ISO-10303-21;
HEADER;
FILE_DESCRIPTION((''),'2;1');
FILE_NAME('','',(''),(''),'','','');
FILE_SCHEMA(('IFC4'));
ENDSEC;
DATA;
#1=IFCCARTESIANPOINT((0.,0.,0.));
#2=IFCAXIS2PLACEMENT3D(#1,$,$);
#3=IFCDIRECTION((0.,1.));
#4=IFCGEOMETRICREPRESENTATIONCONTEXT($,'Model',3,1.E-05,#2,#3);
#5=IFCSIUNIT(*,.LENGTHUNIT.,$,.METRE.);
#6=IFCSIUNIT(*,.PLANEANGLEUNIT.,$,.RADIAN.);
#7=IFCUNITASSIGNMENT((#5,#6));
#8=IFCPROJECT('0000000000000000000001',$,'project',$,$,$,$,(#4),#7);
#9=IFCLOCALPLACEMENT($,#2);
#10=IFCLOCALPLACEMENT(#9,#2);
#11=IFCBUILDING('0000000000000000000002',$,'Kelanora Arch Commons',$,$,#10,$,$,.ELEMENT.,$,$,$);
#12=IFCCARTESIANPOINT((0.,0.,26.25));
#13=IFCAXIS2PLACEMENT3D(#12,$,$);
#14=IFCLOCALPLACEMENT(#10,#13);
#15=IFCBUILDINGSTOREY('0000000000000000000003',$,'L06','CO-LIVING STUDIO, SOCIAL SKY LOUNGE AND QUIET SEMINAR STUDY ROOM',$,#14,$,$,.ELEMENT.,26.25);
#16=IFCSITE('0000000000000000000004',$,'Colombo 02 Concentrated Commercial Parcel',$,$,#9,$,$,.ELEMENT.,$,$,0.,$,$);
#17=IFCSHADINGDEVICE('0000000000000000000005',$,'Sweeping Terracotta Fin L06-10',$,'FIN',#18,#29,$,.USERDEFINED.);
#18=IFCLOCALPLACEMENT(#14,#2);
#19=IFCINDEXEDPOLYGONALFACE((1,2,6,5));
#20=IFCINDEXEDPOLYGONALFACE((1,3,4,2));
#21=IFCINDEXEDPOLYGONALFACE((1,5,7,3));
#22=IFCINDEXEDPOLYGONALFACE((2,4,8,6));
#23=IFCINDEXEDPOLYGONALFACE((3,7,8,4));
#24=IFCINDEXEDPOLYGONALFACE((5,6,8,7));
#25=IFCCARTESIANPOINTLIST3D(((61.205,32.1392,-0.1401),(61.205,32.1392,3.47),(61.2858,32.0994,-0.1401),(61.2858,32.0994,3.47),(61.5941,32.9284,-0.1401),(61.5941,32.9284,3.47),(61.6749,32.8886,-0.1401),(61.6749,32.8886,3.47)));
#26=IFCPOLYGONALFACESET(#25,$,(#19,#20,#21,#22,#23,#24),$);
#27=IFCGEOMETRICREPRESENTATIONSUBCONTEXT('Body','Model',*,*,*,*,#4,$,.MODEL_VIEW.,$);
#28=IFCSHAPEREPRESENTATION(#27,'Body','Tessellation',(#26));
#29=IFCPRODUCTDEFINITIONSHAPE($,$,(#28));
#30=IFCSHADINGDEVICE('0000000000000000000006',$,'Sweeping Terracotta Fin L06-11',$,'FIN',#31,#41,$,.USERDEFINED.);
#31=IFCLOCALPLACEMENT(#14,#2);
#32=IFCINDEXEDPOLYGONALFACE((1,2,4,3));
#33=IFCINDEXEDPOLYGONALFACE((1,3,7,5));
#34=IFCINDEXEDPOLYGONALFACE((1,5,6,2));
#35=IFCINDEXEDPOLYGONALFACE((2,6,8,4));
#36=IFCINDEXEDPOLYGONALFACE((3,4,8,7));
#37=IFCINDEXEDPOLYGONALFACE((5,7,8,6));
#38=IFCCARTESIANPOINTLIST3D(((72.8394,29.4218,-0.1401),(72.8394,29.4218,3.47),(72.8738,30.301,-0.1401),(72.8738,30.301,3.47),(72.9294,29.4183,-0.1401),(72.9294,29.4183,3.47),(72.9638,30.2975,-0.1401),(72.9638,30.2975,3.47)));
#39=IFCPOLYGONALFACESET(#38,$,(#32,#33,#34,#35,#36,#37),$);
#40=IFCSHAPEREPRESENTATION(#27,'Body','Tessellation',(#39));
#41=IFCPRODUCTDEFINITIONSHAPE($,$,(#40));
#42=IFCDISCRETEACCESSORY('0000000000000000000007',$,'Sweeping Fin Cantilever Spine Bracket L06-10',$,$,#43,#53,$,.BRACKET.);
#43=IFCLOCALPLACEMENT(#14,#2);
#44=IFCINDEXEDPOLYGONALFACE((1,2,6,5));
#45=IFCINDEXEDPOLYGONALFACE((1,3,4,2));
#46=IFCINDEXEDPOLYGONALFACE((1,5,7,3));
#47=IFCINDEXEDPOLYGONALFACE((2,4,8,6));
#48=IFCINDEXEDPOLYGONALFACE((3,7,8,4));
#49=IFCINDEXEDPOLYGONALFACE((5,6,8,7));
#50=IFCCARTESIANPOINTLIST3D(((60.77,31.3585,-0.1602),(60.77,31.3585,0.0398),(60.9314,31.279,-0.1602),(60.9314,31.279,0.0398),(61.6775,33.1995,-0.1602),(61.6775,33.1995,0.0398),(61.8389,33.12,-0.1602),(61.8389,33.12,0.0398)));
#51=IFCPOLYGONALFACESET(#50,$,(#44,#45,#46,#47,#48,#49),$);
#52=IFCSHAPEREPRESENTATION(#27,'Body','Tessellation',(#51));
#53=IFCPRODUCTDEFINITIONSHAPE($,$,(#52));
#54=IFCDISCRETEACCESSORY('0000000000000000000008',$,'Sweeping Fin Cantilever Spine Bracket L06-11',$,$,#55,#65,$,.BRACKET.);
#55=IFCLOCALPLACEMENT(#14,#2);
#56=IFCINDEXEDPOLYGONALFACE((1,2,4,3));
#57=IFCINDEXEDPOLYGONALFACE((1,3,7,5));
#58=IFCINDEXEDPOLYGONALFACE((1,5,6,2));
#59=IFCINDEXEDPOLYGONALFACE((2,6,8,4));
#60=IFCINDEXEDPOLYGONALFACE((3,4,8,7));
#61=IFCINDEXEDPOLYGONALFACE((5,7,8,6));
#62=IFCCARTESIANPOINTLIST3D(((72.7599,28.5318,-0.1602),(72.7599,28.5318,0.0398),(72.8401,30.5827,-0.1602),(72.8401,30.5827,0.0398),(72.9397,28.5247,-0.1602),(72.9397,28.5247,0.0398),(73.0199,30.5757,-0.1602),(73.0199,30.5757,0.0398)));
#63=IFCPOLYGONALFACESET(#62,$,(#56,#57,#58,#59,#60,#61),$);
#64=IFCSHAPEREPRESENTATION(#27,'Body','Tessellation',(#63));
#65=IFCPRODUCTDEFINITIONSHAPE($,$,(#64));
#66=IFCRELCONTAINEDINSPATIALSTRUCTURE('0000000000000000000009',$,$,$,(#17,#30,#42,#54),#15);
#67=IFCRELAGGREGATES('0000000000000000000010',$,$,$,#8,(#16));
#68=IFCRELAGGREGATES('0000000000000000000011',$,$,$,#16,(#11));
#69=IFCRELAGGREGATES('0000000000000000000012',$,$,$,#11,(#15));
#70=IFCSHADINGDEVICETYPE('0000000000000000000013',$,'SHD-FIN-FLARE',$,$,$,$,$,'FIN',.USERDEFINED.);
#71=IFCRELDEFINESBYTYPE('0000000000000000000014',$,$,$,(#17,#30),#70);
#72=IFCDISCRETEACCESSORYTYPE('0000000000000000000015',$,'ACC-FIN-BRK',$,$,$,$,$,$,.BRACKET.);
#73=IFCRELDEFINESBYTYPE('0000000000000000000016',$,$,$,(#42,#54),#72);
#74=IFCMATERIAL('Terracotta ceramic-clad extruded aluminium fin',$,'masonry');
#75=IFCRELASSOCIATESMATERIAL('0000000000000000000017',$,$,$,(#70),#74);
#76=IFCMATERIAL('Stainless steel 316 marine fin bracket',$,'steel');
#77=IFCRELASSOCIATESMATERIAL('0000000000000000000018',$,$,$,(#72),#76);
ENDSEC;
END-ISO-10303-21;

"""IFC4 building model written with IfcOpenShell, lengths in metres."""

from ifc_helpers import new_model, si_unit, direction, frame, origin, origin_2d, place, context, subcontext, project, spatial, rectangle, extrude, source, transform, mapped, material, type_object, element, save


model = new_model("IFC4")

# Units and contexts
model_context = context("Model", 3, precision=1e-05, world=origin(), true_north=direction((0.0, 1.0)))
body_context = subcontext(model_context, "Body", "Model", "MODEL_VIEW")
ifc_project = project(units=[si_unit("LENGTHUNIT", "METRE"), si_unit("PLANEANGLEUNIT", "RADIAN")], contexts=[model_context])

# Site, building, storey
site_placement = place(None, origin())
site = spatial("IfcSite", under=ifc_project, at=site_placement, Name="Colombo 02 Concentrated Commercial Parcel", CompositionType="ELEMENT", RefElevation=0.0)
building_placement = place(site_placement, origin())
building = spatial("IfcBuilding", under=site, at=building_placement, Name="Kelanora Arch Commons", CompositionType="ELEMENT")
storey_placement = place(building_placement, frame((0.0, 0.0, 26.25)))
storey = spatial("IfcBuildingStorey", under=building, at=storey_placement, Name="L06", Description="CO-LIVING STUDIO, SOCIAL SKY LOUNGE AND QUIET SEMINAR STUDY ROOM", CompositionType="ELEMENT", Elevation=26.25)

# Shading devices
ifc_material_1 = material(Name="Terracotta ceramic-clad extruded aluminium fin", Category="masonry")
shading_device_type = type_object("IfcShadingDeviceType", Name="SHD-FIN-FLARE", ElementType="FIN", PredefinedType="USERDEFINED", material=ifc_material_1)
shared_shape_1 = source(origin(), body_context, "Body", "SweptSolid", [
    extrude(rectangle(XDim=0.8799, YDim=0.0901, at=origin_2d()), origin(), (0.0, 0.0, 1.0), 3.6101),
])
for number, where, z_axis, x_axis, name in (
    (1, (61.4399, 32.5139, -0.1401), (0.0, 0.0, 1.0), (-0.442132, -0.89695, 0.0), "Sweeping Terracotta Fin L06-10"),
    (2, (72.9016, 29.8596, -0.1401), (0.0, 0.0, 1.0), (-0.039085, -0.999236, 0.0), "Sweeping Terracotta Fin L06-11"),
):
    element("IfcShadingDevice", number, at=place(storey_placement, frame(where, z_axis=z_axis, x_axis=x_axis)), inside=storey, type_object=shading_device_type, Name=name, ObjectType="FIN", PredefinedType="USERDEFINED", context=body_context, shape_type="MappedRepresentation", body=[
        mapped(shared_shape_1, transform((0.0, 0.0, 0.0), scale=1.0)),
    ])

# Discrete accessories
ifc_material_2 = material(Name="Stainless steel 316 marine fin bracket", Category="steel")
discrete_accessory_type = type_object("IfcDiscreteAccessoryType", Name="ACC-FIN-BRK", PredefinedType="BRACKET", material=ifc_material_2)
shared_shape_2 = source(origin(), body_context, "Body", "SweptSolid", [
    extrude(rectangle(XDim=2.0525, YDim=0.1799, at=origin_2d()), origin(), (0.0, 0.0, 1.0), 0.2),
])
for number, where, z_axis, x_axis, name in (
    (3, (61.3044, 32.2393, -0.1602), (0.0, 0.0, 1.0), (-0.442132, -0.89695, 0.0), "Sweeping Fin Cantilever Spine Bracket L06-10"),
    (4, (72.8899, 29.5537, -0.1602), (0.0, 0.0, 1.0), (-0.039085, -0.999236, 0.0), "Sweeping Fin Cantilever Spine Bracket L06-11"),
):
    element("IfcDiscreteAccessory", number, at=place(storey_placement, frame(where, z_axis=z_axis, x_axis=x_axis)), inside=storey, type_object=discrete_accessory_type, Name=name, PredefinedType="BRACKET", context=body_context, shape_type="MappedRepresentation", body=[
        mapped(shared_shape_2, transform((0.0, 0.0, 0.0), scale=1.0)),
    ])

save(model, "model.ifc")
